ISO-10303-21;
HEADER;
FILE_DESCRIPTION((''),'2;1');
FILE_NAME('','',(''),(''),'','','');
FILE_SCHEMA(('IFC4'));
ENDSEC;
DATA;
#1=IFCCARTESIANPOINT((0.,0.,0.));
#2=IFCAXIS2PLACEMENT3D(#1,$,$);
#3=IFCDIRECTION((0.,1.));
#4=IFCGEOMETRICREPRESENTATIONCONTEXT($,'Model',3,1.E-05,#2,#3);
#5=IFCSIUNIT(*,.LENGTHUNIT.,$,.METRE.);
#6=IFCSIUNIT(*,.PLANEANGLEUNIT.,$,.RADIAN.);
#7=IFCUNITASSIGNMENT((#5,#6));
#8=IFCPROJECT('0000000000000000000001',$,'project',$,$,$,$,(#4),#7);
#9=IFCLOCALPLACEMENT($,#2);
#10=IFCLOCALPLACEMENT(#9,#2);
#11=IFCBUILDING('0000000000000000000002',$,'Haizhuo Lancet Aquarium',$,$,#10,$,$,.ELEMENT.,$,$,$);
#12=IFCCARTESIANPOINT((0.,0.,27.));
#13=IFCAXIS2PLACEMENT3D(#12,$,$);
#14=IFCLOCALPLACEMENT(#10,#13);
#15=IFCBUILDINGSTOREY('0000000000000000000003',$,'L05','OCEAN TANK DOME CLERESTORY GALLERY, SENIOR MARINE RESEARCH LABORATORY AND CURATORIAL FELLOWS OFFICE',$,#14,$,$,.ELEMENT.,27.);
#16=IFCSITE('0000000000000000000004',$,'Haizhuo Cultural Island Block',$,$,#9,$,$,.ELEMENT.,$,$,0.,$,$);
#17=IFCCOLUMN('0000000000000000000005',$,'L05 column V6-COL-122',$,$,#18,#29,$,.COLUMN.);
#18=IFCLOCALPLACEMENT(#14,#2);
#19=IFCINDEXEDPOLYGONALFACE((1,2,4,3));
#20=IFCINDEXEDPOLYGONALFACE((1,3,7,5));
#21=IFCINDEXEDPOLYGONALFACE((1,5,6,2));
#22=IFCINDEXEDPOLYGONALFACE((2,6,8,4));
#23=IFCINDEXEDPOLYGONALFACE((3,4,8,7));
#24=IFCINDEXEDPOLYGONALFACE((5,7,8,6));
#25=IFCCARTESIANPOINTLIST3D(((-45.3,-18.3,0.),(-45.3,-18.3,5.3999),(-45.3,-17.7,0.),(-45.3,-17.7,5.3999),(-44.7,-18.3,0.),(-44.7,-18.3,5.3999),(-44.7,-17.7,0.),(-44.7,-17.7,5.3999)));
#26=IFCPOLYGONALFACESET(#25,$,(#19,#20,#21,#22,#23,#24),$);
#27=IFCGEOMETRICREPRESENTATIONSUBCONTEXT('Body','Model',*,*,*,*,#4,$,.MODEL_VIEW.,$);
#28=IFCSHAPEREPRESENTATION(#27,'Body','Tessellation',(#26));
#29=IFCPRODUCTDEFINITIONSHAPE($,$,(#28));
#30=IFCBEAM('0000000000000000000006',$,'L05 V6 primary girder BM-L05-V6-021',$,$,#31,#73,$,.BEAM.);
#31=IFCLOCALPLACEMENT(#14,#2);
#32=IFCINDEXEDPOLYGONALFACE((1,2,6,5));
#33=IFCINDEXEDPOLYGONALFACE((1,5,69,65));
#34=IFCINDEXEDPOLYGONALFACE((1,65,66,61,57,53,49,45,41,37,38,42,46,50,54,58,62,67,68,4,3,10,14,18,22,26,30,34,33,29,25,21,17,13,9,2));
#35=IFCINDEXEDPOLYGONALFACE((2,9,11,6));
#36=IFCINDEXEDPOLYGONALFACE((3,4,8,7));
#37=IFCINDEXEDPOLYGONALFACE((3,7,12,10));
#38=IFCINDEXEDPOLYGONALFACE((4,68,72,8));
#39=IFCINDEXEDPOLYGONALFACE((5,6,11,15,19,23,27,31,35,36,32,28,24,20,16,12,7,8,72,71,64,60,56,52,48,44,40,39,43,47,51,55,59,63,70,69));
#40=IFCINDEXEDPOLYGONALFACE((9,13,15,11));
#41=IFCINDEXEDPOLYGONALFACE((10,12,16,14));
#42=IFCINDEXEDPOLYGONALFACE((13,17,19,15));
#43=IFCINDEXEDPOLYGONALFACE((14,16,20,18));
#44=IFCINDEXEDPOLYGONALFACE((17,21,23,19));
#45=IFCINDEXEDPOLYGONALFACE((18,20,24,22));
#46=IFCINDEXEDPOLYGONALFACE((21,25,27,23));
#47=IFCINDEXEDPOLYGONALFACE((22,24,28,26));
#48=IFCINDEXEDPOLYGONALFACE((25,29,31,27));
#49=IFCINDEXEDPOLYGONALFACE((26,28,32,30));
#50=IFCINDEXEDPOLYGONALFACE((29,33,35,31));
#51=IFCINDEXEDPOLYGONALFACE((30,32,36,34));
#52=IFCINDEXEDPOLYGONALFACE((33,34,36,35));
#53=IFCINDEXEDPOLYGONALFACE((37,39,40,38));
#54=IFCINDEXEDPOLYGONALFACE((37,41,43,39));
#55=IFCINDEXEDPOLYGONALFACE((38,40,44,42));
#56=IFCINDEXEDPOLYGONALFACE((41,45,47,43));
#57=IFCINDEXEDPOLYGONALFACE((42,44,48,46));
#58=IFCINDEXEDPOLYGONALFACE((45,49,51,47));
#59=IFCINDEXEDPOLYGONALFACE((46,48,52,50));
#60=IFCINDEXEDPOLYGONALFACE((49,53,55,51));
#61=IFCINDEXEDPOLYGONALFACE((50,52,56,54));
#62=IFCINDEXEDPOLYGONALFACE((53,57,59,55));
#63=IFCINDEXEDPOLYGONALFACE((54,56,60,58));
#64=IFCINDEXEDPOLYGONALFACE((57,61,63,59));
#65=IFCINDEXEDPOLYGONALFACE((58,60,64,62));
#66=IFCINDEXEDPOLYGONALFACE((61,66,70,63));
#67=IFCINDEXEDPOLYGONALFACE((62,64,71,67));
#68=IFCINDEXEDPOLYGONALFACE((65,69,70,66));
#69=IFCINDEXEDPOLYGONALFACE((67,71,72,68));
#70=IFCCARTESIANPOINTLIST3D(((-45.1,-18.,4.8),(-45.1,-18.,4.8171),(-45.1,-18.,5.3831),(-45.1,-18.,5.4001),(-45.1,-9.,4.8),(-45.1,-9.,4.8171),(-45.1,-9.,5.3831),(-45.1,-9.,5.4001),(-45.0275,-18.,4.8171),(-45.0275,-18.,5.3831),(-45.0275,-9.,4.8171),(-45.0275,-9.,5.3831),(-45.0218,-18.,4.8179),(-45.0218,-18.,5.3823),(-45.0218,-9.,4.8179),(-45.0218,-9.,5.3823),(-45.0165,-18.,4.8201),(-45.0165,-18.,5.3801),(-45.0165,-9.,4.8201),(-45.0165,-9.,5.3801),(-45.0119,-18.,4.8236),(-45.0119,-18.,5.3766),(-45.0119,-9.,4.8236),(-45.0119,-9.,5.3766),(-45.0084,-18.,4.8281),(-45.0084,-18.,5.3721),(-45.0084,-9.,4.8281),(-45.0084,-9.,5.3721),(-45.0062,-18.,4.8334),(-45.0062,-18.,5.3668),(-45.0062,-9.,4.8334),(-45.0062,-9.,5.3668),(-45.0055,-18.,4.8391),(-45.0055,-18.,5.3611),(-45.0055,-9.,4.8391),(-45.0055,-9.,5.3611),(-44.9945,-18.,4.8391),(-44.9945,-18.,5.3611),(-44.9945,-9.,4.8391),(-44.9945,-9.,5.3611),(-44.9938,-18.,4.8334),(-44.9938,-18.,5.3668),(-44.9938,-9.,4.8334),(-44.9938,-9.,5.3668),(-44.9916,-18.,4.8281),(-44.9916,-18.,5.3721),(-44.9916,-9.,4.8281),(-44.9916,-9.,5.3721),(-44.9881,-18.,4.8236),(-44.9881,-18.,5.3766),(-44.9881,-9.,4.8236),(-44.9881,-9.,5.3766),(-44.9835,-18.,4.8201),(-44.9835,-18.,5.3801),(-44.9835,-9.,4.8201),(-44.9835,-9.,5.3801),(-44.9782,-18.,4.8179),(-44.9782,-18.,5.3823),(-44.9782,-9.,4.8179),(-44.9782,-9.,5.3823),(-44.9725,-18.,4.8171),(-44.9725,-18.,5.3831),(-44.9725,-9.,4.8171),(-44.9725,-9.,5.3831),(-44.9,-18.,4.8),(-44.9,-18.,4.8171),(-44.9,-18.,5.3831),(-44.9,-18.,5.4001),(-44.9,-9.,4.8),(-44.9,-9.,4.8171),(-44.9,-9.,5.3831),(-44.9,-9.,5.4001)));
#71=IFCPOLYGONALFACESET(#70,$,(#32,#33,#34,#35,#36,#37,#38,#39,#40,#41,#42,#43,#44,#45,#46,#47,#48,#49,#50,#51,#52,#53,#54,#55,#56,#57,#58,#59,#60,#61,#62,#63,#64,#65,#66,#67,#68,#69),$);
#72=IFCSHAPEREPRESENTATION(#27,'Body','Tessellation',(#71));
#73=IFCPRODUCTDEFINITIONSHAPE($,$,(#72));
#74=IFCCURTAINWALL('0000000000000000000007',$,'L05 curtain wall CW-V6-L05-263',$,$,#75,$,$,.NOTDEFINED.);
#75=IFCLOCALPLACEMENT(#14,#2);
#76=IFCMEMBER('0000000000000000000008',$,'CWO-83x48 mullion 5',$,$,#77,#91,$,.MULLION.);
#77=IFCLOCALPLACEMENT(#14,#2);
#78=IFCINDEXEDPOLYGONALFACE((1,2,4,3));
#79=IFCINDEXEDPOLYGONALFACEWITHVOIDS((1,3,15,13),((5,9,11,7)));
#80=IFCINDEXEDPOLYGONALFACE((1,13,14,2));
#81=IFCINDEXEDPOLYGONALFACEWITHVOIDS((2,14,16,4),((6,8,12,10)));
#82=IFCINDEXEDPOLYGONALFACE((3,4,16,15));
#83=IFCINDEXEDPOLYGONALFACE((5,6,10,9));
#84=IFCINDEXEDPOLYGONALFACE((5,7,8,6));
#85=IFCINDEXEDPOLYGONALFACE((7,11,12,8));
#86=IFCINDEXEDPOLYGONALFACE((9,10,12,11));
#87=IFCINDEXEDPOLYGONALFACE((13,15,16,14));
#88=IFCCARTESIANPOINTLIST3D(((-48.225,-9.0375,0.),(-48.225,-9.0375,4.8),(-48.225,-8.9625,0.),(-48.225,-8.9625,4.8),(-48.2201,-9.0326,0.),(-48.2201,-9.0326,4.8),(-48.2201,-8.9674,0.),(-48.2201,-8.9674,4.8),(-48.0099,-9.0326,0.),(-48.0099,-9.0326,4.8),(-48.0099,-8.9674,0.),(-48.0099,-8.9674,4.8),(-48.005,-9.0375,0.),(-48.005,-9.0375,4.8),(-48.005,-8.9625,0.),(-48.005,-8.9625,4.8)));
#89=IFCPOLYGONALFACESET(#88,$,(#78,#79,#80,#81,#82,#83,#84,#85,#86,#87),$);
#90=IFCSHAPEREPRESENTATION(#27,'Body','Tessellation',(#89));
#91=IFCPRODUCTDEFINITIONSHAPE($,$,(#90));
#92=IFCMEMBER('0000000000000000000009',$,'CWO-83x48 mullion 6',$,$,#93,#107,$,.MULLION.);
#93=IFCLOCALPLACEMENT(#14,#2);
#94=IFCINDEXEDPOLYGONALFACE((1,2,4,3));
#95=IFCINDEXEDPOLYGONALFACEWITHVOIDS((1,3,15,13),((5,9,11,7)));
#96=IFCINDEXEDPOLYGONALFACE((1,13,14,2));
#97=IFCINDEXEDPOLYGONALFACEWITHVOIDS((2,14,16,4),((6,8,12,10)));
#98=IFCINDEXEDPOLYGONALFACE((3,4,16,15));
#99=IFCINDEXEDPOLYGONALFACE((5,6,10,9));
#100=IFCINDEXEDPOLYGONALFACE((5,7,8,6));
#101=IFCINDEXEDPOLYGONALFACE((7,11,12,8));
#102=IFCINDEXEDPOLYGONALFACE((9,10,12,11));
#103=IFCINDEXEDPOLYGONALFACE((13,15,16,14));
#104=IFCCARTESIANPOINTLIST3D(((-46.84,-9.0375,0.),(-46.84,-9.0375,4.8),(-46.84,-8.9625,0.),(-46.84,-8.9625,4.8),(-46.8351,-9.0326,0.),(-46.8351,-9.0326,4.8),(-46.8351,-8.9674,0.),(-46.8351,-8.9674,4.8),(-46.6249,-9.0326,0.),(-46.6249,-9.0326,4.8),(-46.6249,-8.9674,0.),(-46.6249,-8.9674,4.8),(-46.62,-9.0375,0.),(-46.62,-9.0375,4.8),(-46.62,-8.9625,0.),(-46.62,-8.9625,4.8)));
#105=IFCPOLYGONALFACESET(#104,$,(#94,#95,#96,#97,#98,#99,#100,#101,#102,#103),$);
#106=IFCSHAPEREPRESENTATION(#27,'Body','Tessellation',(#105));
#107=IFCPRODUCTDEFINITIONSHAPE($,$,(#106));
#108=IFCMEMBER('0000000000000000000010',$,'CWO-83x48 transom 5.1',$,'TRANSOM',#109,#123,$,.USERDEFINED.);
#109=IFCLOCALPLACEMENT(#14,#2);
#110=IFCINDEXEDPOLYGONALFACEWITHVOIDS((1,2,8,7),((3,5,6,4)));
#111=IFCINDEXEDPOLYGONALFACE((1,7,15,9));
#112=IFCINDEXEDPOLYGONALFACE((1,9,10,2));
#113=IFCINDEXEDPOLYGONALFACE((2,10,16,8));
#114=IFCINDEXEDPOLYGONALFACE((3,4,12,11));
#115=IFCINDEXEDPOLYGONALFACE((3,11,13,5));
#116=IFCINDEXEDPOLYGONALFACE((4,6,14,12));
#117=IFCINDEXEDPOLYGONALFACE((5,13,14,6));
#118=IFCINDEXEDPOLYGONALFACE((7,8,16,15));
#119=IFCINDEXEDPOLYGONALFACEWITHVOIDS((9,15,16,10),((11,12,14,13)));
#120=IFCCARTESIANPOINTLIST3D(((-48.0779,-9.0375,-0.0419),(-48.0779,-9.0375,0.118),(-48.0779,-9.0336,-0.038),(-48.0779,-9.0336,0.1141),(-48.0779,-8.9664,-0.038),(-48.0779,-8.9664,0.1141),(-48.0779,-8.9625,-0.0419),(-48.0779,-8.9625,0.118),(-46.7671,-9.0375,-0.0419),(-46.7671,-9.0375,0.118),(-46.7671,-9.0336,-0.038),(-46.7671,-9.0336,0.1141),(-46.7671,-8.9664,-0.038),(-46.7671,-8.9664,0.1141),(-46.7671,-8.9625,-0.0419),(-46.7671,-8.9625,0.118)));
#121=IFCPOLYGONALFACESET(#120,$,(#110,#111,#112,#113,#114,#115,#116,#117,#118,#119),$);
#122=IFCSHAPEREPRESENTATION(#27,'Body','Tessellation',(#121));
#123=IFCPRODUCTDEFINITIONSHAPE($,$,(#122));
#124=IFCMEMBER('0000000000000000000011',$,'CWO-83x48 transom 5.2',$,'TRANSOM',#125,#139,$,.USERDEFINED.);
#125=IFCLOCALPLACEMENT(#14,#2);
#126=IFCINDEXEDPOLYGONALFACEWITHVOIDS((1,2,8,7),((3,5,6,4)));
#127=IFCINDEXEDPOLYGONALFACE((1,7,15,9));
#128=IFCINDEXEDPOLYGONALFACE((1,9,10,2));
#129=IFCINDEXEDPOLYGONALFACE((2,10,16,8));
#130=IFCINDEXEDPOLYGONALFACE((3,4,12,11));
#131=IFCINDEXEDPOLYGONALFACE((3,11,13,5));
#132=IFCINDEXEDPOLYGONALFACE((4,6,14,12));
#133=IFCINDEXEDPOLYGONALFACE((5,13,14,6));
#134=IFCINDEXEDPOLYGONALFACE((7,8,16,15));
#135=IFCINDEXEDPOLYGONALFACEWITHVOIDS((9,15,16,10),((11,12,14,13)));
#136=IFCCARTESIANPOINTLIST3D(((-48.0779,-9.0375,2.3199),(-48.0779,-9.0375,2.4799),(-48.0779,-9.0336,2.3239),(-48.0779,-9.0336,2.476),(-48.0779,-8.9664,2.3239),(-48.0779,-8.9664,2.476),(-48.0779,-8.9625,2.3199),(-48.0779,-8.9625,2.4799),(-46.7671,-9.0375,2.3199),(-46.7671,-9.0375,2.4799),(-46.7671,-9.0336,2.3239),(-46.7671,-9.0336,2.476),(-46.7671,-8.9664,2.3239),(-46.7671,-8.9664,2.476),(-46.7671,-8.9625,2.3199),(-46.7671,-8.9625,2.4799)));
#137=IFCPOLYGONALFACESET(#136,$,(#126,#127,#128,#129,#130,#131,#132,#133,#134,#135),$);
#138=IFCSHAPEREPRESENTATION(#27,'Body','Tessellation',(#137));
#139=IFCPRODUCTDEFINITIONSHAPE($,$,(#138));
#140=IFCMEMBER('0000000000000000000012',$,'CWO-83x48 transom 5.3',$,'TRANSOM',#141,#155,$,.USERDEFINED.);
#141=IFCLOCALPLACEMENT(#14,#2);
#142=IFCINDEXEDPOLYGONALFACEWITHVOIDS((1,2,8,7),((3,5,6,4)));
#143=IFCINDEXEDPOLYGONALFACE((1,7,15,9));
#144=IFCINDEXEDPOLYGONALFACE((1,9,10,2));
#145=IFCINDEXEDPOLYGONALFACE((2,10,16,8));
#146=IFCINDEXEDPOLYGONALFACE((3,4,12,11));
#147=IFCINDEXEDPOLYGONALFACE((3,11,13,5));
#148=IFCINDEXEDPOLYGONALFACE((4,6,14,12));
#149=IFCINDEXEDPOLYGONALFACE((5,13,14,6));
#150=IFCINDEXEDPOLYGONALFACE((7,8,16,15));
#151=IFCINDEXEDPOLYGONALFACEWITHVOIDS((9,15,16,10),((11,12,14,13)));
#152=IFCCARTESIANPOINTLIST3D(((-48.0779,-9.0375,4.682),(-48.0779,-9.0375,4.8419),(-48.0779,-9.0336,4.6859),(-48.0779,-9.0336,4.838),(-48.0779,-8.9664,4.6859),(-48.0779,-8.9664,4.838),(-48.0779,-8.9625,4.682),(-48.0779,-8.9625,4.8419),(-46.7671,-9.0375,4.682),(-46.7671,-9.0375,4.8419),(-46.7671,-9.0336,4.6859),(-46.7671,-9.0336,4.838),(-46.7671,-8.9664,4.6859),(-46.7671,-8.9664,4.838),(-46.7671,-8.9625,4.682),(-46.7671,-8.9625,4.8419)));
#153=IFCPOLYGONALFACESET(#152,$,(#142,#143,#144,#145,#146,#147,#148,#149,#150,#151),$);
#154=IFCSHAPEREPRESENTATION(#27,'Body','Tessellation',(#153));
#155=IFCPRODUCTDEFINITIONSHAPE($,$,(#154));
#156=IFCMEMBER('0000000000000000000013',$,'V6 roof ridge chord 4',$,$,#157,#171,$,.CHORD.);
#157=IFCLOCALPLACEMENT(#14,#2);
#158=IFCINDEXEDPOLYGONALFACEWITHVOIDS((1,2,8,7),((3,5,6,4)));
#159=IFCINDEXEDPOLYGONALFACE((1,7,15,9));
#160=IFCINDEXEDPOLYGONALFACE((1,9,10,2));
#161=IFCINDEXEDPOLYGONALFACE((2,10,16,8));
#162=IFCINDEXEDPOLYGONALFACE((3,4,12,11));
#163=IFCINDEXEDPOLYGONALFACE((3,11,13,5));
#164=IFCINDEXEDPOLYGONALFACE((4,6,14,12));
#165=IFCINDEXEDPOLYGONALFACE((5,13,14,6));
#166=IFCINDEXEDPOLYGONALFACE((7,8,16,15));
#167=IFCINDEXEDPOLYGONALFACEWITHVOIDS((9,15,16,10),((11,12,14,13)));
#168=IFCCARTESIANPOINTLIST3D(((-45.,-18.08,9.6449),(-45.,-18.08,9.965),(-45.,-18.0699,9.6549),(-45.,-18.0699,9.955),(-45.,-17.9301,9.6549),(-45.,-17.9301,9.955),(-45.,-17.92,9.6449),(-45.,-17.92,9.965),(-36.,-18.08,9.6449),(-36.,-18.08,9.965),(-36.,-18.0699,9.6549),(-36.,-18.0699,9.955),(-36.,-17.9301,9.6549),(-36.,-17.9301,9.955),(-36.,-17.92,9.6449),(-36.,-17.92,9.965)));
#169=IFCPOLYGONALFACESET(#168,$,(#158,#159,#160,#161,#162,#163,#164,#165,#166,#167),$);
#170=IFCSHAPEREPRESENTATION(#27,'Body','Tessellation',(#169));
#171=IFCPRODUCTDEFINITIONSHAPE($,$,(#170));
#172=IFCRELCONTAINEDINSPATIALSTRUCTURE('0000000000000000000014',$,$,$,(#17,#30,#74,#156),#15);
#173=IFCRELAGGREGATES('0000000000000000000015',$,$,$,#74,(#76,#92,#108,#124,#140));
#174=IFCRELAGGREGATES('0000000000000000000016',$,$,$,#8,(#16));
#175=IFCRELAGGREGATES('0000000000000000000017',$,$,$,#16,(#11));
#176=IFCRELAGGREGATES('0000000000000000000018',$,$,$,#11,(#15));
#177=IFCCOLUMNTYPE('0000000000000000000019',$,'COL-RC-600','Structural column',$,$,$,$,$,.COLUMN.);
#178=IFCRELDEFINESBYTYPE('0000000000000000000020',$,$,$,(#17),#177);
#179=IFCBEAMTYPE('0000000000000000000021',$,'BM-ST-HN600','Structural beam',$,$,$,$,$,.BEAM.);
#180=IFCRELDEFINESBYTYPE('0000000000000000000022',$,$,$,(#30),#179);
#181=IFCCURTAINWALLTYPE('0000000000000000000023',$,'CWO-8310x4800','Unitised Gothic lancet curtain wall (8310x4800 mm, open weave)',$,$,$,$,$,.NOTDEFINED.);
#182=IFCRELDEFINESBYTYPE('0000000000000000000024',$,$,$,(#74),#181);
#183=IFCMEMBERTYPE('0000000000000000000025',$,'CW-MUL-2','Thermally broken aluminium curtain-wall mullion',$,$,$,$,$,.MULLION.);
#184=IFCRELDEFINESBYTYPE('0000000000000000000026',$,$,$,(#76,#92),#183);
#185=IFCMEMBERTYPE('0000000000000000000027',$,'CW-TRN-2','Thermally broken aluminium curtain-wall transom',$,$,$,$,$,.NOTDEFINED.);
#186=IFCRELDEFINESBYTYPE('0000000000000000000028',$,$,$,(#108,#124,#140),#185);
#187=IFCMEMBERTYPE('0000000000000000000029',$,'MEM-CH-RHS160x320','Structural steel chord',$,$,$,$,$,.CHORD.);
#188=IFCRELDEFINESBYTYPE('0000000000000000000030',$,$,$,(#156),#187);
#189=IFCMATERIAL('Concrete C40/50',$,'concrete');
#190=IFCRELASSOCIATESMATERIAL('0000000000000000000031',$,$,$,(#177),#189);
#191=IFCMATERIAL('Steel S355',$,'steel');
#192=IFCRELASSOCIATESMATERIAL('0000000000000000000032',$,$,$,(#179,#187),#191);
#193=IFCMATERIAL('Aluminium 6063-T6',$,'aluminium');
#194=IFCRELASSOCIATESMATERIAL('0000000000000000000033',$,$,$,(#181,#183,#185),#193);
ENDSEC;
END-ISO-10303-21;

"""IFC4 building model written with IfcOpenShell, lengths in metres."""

from ifc_helpers import new_model, si_unit, direction, frame, origin, origin_2d, place, context, subcontext, project, spatial, rectangle, hollow_rectangle, i_section, extrude, material, material_profile, profile_set, type_object, element, aggregate, save


model = new_model("IFC4")

# Units and contexts
model_context = context("Model", 3, precision=1e-05, world=origin(), true_north=direction((0.0, 1.0)))
body_context = subcontext(model_context, "Body", "Model", "MODEL_VIEW")
ifc_project = project(units=[si_unit("LENGTHUNIT", "METRE"), si_unit("PLANEANGLEUNIT", "RADIAN")], contexts=[model_context])

# Site, building, storey
site_placement = place(None, origin())
site = spatial("IfcSite", under=ifc_project, at=site_placement, Name="Haizhuo Cultural Island Block", CompositionType="ELEMENT", RefElevation=0.0)
building_placement = place(site_placement, origin())
building = spatial("IfcBuilding", under=site, at=building_placement, Name="Haizhuo Lancet Aquarium", CompositionType="ELEMENT")
storey_placement = place(building_placement, frame((0.0, 0.0, 27.0)))
storey = spatial("IfcBuildingStorey", under=building, at=storey_placement, Name="L05", Description="OCEAN TANK DOME CLERESTORY GALLERY, SENIOR MARINE RESEARCH LABORATORY AND CURATORIAL FELLOWS OFFICE", CompositionType="ELEMENT", Elevation=27.0)

# Column
ifc_material_1 = material(Name="Concrete C40/50", Category="concrete")
ifc_material_profile_1 = material_profile(ifc_material_1, rectangle(XDim=0.6001, YDim=0.6001, at=origin_2d()), Name="RC-COL 600x600")
ifc_profile_set_1 = profile_set([ifc_material_profile_1], Name="Concrete C40/50")
column_type = type_object("IfcColumnType", Name="COL-RC-600", Description="Structural column", PredefinedType="COLUMN", material=ifc_profile_set_1)
column_placement = place(storey_placement, frame((-45.0, -18.0, 0.0), z_axis=(0.0, 0.0, 1.0), x_axis=(1.0, 0.0, 0.0)))
element("IfcColumn", 1, at=column_placement, inside=storey, type_object=column_type, Name="L05 column V6-COL-122", PredefinedType="COLUMN", context=body_context, shape_type="SweptSolid", body=[
    extrude(rectangle(XDim=0.6001, YDim=0.6001, at=origin_2d()), origin(), (0.0, 0.0, 1.0), 5.3999),
])

# Beam
ifc_material_2 = material(Name="Steel S355", Category="steel")
ifc_material_profile_2 = material_profile(ifc_material_2, i_section(OverallWidth=0.2, OverallDepth=0.6001, WebThickness=0.011, FlangeThickness=0.0171, FilletRadius=0.022, at=origin_2d()), Name="HN 600x200x11x17")
ifc_profile_set_2 = profile_set([ifc_material_profile_2], Name="Steel S355")
beam_type = type_object("IfcBeamType", Name="BM-ST-HN600", Description="Structural beam", PredefinedType="BEAM", material=ifc_profile_set_2)
beam_placement = place(storey_placement, frame((-45.0, -18.0, 5.1001), z_axis=(0.0, 1.0, 0.0), x_axis=(-1.0, 0.0, 0.0)))
element("IfcBeam", 2, at=beam_placement, inside=storey, type_object=beam_type, Name="L05 V6 primary girder BM-L05-V6-021", PredefinedType="BEAM", context=body_context, shape_type="SweptSolid", body=[
    extrude(i_section(OverallWidth=0.2, OverallDepth=0.6001, WebThickness=0.011, FlangeThickness=0.0171, FilletRadius=0.022, at=origin_2d()), origin(), (0.0, 0.0, 1.0), 9.0),
])

# Curtain wall, members
ifc_material_3 = material(Name="Aluminium 6063-T6", Category="aluminium")
curtain_wall_type = type_object("IfcCurtainWallType", Name="CWO-8310x4800", Description="Unitised Gothic lancet curtain wall (8310x4800 mm, open weave)", PredefinedType="NOTDEFINED", material=ifc_material_3)
curtain_wall_placement = place(storey_placement, origin())
curtain_wall = element("IfcCurtainWall", 3, at=curtain_wall_placement, inside=storey, type_object=curtain_wall_type, Name="L05 curtain wall CW-V6-L05-263", PredefinedType="NOTDEFINED")
ifc_material_profile_3 = material_profile(ifc_material_3, hollow_rectangle(XDim=0.075, YDim=0.22, WallThickness=0.0049, at=origin_2d()), Name="ALU-M 75x220x5")
ifc_profile_set_3 = profile_set([ifc_material_profile_3], Name="Aluminium 6063-T6")
member_type_1 = type_object("IfcMemberType", Name="CW-MUL-2", Description="Thermally broken aluminium curtain-wall mullion", PredefinedType="MULLION", material=ifc_profile_set_3)
member_1_placement = place(storey_placement, frame((-48.115, -9.0, 0.0), z_axis=(0.0, 0.0, 1.0), x_axis=(0.0, 1.0, 0.0)))
member_1 = element("IfcMember", 4, at=member_1_placement, type_object=member_type_1, Name="CWO-83x48 mullion 5", PredefinedType="MULLION", context=body_context, shape_type="SweptSolid", body=[
    extrude(hollow_rectangle(XDim=0.075, YDim=0.22, WallThickness=0.0049, at=origin_2d()), origin(), (0.0, 0.0, 1.0), 4.8),
])
member_2_placement = place(storey_placement, frame((-46.73, -9.0, 0.0), z_axis=(0.0, 0.0, 1.0), x_axis=(0.0, 1.0, 0.0)))
member_2 = element("IfcMember", 5, at=member_2_placement, type_object=member_type_1, Name="CWO-83x48 mullion 6", PredefinedType="MULLION", context=body_context, shape_type="SweptSolid", body=[
    extrude(hollow_rectangle(XDim=0.075, YDim=0.22, WallThickness=0.0049, at=origin_2d()), origin(), (0.0, 0.0, 1.0), 4.8),
])
ifc_material_profile_4 = material_profile(ifc_material_3, hollow_rectangle(XDim=0.075, YDim=0.1599, WallThickness=0.0039, at=origin_2d()), Name="ALU-T 75x160x4")
ifc_profile_set_4 = profile_set([ifc_material_profile_4], Name="Aluminium 6063-T6")
member_type_2 = type_object("IfcMemberType", Name="CW-TRN-2", Description="Thermally broken aluminium curtain-wall transom", PredefinedType="NOTDEFINED", material=ifc_profile_set_4)
member_3_placement = place(storey_placement, frame((-48.0779, -9.0, 0.0381), z_axis=(1.0, 0.0, 0.0), x_axis=(0.0, 1.0, 0.0)))
member_3 = element("IfcMember", 6, at=member_3_placement, type_object=member_type_2, Name="CWO-83x48 transom 5.1", ObjectType="TRANSOM", PredefinedType="USERDEFINED", context=body_context, shape_type="SweptSolid", body=[
    extrude(hollow_rectangle(XDim=0.075, YDim=0.1599, WallThickness=0.0039, at=origin_2d()), origin(), (0.0, 0.0, 1.0), 1.3108),
])
member_4_placement = place(storey_placement, frame((-48.0779, -9.0, 2.3999), z_axis=(1.0, 0.0, 0.0), x_axis=(0.0, 1.0, 0.0)))
member_4 = element("IfcMember", 7, at=member_4_placement, type_object=member_type_2, Name="CWO-83x48 transom 5.2", ObjectType="TRANSOM", PredefinedType="USERDEFINED", context=body_context, shape_type="SweptSolid", body=[
    extrude(hollow_rectangle(XDim=0.075, YDim=0.1599, WallThickness=0.0039, at=origin_2d()), origin(), (0.0, 0.0, 1.0), 1.3108),
])
member_5_placement = place(storey_placement, frame((-48.0779, -9.0, 4.762), z_axis=(1.0, 0.0, 0.0), x_axis=(0.0, 1.0, 0.0)))
member_5 = element("IfcMember", 8, at=member_5_placement, type_object=member_type_2, Name="CWO-83x48 transom 5.3", ObjectType="TRANSOM", PredefinedType="USERDEFINED", context=body_context, shape_type="SweptSolid", body=[
    extrude(hollow_rectangle(XDim=0.075, YDim=0.1599, WallThickness=0.0039, at=origin_2d()), origin(), (0.0, 0.0, 1.0), 1.3108),
])

# Member
ifc_material_profile_5 = material_profile(ifc_material_2, hollow_rectangle(XDim=0.1599, YDim=0.3201, WallThickness=0.01, at=origin_2d()), Name="RHS 160x320x10")
ifc_profile_set_5 = profile_set([ifc_material_profile_5], Name="Steel S355")
member_type_3 = type_object("IfcMemberType", Name="MEM-CH-RHS160x320", Description="Structural steel chord", PredefinedType="CHORD", material=ifc_profile_set_5)
member_6_placement = place(storey_placement, frame((-45.0, -18.0, 9.8049), z_axis=(1.0, 0.0, 0.0), x_axis=(0.0, 1.0, 0.0)))
element("IfcMember", 9, at=member_6_placement, inside=storey, type_object=member_type_3, Name="V6 roof ridge chord 4", PredefinedType="CHORD", context=body_context, shape_type="SweptSolid", body=[
    extrude(hollow_rectangle(XDim=0.1599, YDim=0.3201, WallThickness=0.01, at=origin_2d()), origin(), (0.0, 0.0, 1.0), 9.0),
])

aggregate(curtain_wall, [member_1, member_2, member_3, member_4, member_5])

save(model, "model.ifc")
